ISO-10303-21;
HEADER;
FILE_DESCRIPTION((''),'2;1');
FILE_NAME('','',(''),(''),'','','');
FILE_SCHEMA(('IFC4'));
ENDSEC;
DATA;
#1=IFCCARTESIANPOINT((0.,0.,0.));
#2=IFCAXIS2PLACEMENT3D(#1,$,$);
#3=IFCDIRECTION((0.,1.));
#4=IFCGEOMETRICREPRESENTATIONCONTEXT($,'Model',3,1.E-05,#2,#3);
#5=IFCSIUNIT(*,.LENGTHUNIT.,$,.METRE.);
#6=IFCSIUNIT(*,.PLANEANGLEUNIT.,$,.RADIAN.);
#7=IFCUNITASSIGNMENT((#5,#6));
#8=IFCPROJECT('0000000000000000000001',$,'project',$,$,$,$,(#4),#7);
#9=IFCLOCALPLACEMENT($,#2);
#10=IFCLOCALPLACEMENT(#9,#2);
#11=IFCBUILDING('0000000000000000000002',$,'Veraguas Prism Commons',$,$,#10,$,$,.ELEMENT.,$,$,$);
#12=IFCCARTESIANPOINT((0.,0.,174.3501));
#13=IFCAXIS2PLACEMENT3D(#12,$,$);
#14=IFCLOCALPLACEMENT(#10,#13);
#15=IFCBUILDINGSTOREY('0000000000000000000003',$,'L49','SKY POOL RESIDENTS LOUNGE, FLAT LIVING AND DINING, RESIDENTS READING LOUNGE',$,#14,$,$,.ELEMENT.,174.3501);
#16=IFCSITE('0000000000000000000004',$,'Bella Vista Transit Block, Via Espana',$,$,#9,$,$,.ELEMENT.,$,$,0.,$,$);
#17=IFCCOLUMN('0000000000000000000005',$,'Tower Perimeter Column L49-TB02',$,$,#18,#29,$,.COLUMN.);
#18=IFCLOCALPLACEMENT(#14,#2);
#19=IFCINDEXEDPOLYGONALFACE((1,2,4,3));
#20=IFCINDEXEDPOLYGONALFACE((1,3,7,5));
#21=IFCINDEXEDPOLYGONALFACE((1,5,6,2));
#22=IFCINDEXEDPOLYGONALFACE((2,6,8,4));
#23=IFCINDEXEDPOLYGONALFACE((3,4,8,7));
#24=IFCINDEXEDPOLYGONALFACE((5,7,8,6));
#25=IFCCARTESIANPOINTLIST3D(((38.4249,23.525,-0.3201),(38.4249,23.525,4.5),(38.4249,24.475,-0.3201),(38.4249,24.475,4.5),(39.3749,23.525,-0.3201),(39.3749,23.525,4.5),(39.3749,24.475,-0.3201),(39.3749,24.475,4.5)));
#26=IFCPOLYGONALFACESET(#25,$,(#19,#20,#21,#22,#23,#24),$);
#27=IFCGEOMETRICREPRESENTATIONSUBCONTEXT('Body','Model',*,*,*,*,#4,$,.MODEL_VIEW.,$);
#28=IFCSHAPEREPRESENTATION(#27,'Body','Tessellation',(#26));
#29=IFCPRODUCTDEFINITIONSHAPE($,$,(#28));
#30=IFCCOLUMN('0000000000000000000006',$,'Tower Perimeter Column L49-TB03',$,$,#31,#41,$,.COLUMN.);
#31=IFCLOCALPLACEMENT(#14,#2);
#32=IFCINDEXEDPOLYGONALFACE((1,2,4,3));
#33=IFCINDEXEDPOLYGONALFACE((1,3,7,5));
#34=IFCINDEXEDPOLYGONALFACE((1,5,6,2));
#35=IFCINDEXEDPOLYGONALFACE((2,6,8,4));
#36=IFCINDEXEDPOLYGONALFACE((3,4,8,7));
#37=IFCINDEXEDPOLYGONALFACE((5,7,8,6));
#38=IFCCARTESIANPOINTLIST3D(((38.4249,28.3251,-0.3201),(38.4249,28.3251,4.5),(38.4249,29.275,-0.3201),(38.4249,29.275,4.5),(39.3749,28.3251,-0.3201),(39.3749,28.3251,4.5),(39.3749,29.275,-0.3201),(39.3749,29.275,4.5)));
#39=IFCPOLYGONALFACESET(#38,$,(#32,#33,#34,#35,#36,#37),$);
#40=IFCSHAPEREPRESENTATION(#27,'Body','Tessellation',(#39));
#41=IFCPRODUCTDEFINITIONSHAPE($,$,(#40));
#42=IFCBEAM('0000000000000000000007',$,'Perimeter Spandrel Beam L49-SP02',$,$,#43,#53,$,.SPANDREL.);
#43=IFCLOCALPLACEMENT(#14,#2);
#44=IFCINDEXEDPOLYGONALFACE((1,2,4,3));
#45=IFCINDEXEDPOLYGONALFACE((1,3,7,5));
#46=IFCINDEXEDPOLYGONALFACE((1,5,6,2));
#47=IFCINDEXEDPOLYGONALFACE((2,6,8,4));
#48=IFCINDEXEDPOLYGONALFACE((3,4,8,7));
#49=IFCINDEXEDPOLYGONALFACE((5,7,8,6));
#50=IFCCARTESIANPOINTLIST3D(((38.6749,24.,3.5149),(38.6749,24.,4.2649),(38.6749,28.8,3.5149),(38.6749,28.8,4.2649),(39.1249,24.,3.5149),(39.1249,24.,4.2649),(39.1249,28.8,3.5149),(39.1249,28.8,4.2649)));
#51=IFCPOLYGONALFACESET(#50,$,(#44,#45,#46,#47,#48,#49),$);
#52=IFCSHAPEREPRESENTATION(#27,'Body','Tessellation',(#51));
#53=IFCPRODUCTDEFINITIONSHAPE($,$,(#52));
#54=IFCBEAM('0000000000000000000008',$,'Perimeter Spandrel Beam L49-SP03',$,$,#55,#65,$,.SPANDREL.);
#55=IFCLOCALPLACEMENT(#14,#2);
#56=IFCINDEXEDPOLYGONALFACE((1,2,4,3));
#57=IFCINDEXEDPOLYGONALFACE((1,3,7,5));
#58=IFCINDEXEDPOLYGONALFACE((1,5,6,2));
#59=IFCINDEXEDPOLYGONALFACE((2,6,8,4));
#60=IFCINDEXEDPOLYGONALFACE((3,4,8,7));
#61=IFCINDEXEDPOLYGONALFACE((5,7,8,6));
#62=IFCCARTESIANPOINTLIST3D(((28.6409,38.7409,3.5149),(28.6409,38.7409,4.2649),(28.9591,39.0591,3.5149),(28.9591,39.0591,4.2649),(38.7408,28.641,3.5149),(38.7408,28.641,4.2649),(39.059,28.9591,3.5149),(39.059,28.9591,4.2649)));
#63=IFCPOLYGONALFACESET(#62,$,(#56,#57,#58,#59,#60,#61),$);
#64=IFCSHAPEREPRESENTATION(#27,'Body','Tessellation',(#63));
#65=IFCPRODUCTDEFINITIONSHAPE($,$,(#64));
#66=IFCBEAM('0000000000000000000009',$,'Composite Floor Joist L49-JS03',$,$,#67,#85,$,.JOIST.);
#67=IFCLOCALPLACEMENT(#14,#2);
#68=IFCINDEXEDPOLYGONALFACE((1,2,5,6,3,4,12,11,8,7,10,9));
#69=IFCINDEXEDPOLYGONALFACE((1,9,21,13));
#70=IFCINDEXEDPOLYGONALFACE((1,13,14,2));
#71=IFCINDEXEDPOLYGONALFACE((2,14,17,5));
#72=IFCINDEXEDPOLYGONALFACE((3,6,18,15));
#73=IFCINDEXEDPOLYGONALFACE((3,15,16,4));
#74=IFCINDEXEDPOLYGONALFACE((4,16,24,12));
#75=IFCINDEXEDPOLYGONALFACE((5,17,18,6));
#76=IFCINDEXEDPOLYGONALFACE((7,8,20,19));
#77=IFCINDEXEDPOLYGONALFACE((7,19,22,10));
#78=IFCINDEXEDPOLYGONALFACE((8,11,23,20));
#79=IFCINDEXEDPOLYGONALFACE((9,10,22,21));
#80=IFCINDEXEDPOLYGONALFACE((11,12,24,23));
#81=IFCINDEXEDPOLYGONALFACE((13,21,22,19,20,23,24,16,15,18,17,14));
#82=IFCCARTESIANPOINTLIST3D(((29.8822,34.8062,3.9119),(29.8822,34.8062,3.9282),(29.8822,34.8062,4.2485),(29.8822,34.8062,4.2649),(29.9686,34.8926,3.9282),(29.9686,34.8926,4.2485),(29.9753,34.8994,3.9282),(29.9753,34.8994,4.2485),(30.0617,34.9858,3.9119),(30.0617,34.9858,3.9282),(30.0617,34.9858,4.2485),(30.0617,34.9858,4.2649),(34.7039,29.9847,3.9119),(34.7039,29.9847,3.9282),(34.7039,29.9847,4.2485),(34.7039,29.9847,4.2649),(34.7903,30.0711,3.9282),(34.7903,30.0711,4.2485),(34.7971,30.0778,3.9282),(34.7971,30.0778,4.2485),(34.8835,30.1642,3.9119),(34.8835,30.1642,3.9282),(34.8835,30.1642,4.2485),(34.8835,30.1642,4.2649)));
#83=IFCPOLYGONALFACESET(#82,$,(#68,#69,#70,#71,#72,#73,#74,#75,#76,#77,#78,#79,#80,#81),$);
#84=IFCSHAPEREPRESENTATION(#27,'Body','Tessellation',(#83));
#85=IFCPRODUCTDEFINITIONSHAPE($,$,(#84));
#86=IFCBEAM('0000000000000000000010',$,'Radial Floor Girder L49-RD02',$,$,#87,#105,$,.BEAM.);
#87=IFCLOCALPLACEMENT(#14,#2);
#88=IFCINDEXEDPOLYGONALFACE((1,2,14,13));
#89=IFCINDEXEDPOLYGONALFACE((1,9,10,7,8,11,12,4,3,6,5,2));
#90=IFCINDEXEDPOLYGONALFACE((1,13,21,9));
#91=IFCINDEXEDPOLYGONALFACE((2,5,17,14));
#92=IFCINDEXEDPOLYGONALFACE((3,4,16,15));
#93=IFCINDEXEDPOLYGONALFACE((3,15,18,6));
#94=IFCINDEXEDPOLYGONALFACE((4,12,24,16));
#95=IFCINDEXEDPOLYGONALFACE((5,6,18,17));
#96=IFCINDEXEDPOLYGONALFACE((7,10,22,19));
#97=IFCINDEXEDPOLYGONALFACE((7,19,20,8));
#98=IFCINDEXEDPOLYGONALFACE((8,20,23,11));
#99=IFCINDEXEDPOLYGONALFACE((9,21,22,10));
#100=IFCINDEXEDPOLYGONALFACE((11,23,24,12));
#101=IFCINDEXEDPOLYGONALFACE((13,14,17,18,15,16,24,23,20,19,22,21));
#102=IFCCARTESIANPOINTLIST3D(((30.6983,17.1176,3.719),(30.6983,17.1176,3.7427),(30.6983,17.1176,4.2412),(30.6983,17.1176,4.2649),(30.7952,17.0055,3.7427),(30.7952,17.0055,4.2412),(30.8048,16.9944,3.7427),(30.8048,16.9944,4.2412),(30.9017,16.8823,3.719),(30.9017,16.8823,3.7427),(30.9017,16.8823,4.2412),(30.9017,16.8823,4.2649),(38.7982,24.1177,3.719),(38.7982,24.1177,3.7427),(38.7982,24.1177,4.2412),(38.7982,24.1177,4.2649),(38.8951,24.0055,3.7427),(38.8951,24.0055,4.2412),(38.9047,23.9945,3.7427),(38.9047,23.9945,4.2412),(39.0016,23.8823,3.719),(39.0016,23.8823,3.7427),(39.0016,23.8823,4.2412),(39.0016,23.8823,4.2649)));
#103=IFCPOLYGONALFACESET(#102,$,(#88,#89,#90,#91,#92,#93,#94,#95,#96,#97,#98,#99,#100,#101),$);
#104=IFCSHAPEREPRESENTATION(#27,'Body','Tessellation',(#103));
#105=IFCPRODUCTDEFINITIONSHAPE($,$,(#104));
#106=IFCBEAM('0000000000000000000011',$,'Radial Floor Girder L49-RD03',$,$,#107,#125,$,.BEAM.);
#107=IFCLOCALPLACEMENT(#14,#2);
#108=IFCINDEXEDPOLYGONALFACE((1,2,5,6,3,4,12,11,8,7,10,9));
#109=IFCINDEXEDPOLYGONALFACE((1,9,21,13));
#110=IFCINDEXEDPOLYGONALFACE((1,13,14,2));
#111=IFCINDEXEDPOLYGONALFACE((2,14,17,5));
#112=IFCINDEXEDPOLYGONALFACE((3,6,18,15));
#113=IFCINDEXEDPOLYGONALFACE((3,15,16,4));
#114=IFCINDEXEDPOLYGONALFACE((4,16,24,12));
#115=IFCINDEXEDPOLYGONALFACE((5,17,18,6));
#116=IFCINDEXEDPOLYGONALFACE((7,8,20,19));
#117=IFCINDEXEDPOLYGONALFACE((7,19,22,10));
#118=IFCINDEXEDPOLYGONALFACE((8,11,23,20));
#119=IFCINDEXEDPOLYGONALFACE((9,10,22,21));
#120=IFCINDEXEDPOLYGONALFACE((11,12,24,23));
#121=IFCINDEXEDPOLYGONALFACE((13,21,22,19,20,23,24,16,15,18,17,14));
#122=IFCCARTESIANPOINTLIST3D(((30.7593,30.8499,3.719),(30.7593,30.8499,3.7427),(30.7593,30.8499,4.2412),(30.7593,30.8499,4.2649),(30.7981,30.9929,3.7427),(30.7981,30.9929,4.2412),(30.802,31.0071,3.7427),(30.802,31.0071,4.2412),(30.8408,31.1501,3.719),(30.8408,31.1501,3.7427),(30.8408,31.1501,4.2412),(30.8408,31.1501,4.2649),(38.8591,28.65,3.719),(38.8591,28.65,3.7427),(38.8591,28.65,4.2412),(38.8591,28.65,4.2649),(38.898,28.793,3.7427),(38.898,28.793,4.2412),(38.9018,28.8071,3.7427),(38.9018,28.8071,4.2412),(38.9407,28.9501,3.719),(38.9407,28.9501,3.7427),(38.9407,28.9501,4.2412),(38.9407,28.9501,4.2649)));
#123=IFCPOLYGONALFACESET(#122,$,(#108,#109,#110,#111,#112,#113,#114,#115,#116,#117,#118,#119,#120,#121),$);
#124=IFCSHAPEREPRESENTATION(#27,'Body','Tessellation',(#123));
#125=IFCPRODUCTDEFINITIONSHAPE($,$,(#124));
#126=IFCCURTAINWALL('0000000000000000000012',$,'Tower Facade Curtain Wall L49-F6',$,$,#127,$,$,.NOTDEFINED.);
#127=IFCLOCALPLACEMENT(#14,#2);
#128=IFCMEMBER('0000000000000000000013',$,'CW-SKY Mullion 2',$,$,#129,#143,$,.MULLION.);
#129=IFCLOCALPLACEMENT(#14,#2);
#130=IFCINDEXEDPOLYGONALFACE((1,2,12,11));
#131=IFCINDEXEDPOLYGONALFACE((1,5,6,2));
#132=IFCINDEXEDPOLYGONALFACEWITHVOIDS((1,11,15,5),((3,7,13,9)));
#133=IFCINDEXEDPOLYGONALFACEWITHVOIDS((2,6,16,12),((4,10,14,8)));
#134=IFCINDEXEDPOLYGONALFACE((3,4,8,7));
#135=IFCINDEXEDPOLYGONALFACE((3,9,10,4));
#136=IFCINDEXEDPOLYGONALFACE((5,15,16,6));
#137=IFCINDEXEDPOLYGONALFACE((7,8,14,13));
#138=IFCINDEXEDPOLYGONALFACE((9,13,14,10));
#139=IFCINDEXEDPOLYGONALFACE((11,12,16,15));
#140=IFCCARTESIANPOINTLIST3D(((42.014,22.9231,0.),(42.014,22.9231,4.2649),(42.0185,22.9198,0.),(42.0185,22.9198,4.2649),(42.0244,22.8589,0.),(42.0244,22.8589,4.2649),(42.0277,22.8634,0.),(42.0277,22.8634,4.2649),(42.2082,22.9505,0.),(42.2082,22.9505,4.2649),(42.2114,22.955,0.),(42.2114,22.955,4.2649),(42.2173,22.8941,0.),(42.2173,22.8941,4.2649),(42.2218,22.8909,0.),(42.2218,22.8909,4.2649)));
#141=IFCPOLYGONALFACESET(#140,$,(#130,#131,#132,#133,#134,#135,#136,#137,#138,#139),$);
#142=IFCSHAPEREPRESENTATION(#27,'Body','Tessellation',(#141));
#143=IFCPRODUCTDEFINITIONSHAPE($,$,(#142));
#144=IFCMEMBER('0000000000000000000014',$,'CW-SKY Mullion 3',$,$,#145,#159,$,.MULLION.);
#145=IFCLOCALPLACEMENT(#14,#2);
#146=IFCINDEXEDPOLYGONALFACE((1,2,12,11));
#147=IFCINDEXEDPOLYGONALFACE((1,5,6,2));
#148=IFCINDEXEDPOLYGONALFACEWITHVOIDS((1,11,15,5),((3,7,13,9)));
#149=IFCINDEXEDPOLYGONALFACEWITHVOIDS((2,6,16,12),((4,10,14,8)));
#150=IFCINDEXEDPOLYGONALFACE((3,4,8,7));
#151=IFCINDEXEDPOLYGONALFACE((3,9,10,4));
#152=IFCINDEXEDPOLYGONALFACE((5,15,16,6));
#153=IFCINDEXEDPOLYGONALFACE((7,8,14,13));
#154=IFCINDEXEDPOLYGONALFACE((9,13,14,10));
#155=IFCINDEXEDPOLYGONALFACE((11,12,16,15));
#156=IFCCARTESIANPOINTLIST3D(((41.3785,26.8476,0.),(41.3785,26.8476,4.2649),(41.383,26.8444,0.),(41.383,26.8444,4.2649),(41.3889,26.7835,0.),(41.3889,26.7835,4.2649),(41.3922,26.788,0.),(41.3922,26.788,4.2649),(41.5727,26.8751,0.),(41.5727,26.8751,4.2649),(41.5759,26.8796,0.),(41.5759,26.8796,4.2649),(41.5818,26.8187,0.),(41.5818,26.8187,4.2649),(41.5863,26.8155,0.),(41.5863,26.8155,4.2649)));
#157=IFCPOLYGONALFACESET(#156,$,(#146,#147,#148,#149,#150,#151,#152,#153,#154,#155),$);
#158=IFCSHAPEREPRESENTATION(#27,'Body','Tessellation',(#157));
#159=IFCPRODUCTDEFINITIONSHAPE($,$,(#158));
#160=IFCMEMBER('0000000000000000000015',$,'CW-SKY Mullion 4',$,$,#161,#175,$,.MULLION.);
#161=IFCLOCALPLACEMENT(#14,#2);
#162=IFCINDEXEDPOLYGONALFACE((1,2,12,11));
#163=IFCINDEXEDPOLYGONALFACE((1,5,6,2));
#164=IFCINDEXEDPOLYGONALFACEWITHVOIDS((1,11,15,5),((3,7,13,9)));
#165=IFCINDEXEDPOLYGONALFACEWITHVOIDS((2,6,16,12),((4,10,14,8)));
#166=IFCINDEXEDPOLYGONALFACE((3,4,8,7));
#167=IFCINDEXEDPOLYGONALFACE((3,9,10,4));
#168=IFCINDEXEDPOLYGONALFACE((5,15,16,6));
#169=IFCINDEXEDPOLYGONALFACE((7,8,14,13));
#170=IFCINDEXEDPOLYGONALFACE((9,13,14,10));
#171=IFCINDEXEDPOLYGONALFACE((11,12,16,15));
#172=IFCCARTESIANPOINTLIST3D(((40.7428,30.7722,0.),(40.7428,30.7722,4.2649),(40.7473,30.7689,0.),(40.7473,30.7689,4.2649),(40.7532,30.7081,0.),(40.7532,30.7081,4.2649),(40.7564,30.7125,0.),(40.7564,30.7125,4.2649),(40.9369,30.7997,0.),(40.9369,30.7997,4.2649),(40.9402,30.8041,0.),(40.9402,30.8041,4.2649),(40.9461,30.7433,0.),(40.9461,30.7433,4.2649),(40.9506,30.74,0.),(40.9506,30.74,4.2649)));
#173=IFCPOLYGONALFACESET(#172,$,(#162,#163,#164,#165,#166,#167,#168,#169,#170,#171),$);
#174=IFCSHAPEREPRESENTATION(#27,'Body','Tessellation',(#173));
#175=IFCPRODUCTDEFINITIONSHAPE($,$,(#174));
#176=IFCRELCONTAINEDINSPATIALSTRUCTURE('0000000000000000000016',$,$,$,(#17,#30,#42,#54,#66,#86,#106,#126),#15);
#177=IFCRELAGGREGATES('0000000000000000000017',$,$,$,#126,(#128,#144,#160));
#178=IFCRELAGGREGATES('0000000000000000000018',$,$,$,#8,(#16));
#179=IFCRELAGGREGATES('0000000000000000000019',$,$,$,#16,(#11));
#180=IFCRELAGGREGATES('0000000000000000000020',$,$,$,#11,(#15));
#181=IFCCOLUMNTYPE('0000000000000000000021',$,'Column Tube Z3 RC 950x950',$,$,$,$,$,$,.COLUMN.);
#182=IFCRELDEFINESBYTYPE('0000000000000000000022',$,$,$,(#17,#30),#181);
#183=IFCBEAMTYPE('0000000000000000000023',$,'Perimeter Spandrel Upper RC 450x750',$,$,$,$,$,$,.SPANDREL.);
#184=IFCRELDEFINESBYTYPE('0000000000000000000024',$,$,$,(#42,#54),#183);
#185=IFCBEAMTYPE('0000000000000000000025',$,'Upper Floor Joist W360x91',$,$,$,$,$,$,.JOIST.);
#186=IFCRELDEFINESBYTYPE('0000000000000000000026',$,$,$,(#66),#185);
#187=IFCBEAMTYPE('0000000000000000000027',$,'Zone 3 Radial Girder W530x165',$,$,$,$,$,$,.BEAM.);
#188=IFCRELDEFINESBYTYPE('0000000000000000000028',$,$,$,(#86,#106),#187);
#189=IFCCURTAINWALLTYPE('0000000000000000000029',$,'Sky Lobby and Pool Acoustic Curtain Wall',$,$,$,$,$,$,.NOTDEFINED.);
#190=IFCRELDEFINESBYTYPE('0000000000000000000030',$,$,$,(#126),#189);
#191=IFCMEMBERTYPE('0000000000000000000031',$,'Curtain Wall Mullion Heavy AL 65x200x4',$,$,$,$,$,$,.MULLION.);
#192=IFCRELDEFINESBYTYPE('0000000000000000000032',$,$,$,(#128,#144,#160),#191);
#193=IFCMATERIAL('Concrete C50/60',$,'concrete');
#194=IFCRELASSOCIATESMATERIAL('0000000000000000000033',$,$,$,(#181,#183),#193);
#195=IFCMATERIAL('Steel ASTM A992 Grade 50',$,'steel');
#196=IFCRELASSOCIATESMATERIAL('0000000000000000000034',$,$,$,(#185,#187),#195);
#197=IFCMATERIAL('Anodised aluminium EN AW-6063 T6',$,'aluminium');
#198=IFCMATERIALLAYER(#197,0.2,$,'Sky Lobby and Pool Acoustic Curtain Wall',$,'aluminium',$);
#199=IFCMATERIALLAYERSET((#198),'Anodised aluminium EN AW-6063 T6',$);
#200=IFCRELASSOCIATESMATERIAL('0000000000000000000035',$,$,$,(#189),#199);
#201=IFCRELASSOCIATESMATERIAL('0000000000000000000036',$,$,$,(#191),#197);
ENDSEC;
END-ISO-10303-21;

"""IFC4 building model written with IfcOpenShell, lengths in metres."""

from ifc_helpers import new_model, si_unit, direction, frame, origin, origin_2d, place, context, subcontext, project, spatial, rectangle, hollow_rectangle, i_section, extrude, source, transform, mapped, material, layer, layer_set, material_profile, profile_set, type_object, element, aggregate, save


model = new_model("IFC4")

# Units and contexts
model_context = context("Model", 3, precision=1e-05, world=origin(), true_north=direction((0.0, 1.0)))
body_context = subcontext(model_context, "Body", "Model", "MODEL_VIEW")
ifc_project = project(units=[si_unit("LENGTHUNIT", "METRE"), si_unit("PLANEANGLEUNIT", "RADIAN")], contexts=[model_context])

# Site, building, storey
site_placement = place(None, origin())
site = spatial("IfcSite", under=ifc_project, at=site_placement, Name="Bella Vista Transit Block, Via Espana", CompositionType="ELEMENT", RefElevation=0.0)
building_placement = place(site_placement, origin())
building = spatial("IfcBuilding", under=site, at=building_placement, Name="Veraguas Prism Commons", CompositionType="ELEMENT")
storey_placement = place(building_placement, frame((0.0, 0.0, 174.3501)))
storey = spatial("IfcBuildingStorey", under=building, at=storey_placement, Name="L49", Description="SKY POOL RESIDENTS LOUNGE, FLAT LIVING AND DINING, RESIDENTS READING LOUNGE", CompositionType="ELEMENT", Elevation=174.3501)

# Columns
ifc_material_1 = material(Name="Concrete C50/60", Category="concrete")
ifc_material_profile_1 = material_profile(ifc_material_1, rectangle(XDim=0.95, YDim=0.95, at=origin_2d()), Name="RC950X950")
ifc_profile_set_1 = profile_set([ifc_material_profile_1], Name="Concrete C50/60")
column_type = type_object("IfcColumnType", Name="Column Tube Z3 RC 950x950", PredefinedType="COLUMN", material=ifc_profile_set_1)
for number, where, z_axis, x_axis, name in (
    (1, (38.8999, 24.0, -0.3201), (0.0, 0.0, 1.0), (1.0, 0.0, 0.0), "Tower Perimeter Column L49-TB02"),
    (2, (38.8999, 28.8, -0.3201), (0.0, 0.0, 1.0), (1.0, 0.0, 0.0), "Tower Perimeter Column L49-TB03"),
):
    element("IfcColumn", number, at=place(storey_placement, frame(where, z_axis=z_axis, x_axis=x_axis)), inside=storey, type_object=column_type, Name=name, PredefinedType="COLUMN", context=body_context, shape_type="SweptSolid", body=[
        extrude(rectangle(XDim=0.95, YDim=0.95, at=origin_2d()), origin(), (0.0, 0.0, 1.0), 4.8201),
    ])

# Beams
ifc_material_profile_2 = material_profile(ifc_material_1, rectangle(XDim=0.45, YDim=0.75, at=origin_2d()), Name="RC450X750")
ifc_profile_set_2 = profile_set([ifc_material_profile_2], Name="Concrete C50/60")
beam_type_1 = type_object("IfcBeamType", Name="Perimeter Spandrel Upper RC 450x750", PredefinedType="SPANDREL", material=ifc_profile_set_2)
beam_1_placement = place(storey_placement, frame((38.8999, 24.0, 3.8899), z_axis=(0.0, 1.0, 0.0), x_axis=(-1.0, 0.0, 0.0)))
element("IfcBeam", 3, at=beam_1_placement, inside=storey, type_object=beam_type_1, Name="Perimeter Spandrel Beam L49-SP02", PredefinedType="SPANDREL", context=body_context, shape_type="SweptSolid", body=[
    extrude(rectangle(XDim=0.45, YDim=0.75, at=origin_2d()), origin(), (0.0, 0.0, 1.0), 4.8),
])
beam_2_placement = place(storey_placement, frame((38.8999, 28.8, 3.8899), z_axis=(-0.707107, 0.707107, 0.0), x_axis=(-0.707107, -0.707107, 0.0)))
element("IfcBeam", 4, at=beam_2_placement, inside=storey, type_object=beam_type_1, Name="Perimeter Spandrel Beam L49-SP03", PredefinedType="SPANDREL", context=body_context, shape_type="SweptSolid", body=[
    extrude(rectangle(XDim=0.45, YDim=0.75, at=origin_2d()), origin(), (0.0, 0.0, 1.0), 14.2834),
])
ifc_material_2 = material(Name="Steel ASTM A992 Grade 50", Category="steel")
ifc_material_profile_3 = material_profile(ifc_material_2, i_section(OverallWidth=0.2539, OverallDepth=0.353, WebThickness=0.0095, FlangeThickness=0.0164, at=origin_2d()), Name="W360X91")
ifc_profile_set_3 = profile_set([ifc_material_profile_3], Name="Steel ASTM A992 Grade 50")
beam_type_2 = type_object("IfcBeamType", Name="Upper Floor Joist W360x91", PredefinedType="JOIST", material=ifc_profile_set_3)
beam_3_placement = place(storey_placement, frame((34.7937, 30.0745, 4.0884), z_axis=(-0.707125, 0.707089, 0.0), x_axis=(-0.707089, -0.707125, 0.0)))
element("IfcBeam", 5, at=beam_3_placement, inside=storey, type_object=beam_type_2, Name="Composite Floor Joist L49-JS03", PredefinedType="JOIST", context=body_context, shape_type="SweptSolid", body=[
    extrude(i_section(OverallWidth=0.2539, OverallDepth=0.353, WebThickness=0.0095, FlangeThickness=0.0164, at=origin_2d()), origin(), (0.0, 0.0, 1.0), 6.8188),
])
ifc_material_profile_4 = material_profile(ifc_material_2, i_section(OverallWidth=0.311, OverallDepth=0.5459, WebThickness=0.0146, FlangeThickness=0.0237, at=origin_2d()), Name="W530X165")
ifc_profile_set_4 = profile_set([ifc_material_profile_4], Name="Steel ASTM A992 Grade 50")
beam_type_3 = type_object("IfcBeamType", Name="Zone 3 Radial Girder W530x165", PredefinedType="BEAM", material=ifc_profile_set_4)
beam_4_placement = place(storey_placement, frame((38.8999, 24.0, 3.9919), z_axis=(-0.756607, -0.65387, 0.0), x_axis=(0.65387, -0.756607, 0.0)))
element("IfcBeam", 6, at=beam_4_placement, inside=storey, type_object=beam_type_3, Name="Radial Floor Girder L49-RD02", PredefinedType="BEAM", context=body_context, shape_type="SweptSolid", body=[
    extrude(i_section(OverallWidth=0.311, OverallDepth=0.5459, WebThickness=0.0146, FlangeThickness=0.0237, at=origin_2d()), origin(), (0.0, 0.0, 1.0), 10.7056),
])
beam_5_placement = place(storey_placement, frame((38.8999, 28.8, 3.9919), z_axis=(-0.965039, 0.262108, 0.0), x_axis=(-0.262108, -0.965039, 0.0)))
element("IfcBeam", 7, at=beam_5_placement, inside=storey, type_object=beam_type_3, Name="Radial Floor Girder L49-RD03", PredefinedType="BEAM", context=body_context, shape_type="SweptSolid", body=[
    extrude(i_section(OverallWidth=0.311, OverallDepth=0.5459, WebThickness=0.0146, FlangeThickness=0.0237, at=origin_2d()), origin(), (0.0, 0.0, 1.0), 8.3933),
])

# Curtain wall, members
ifc_material_3 = material(Name="Anodised aluminium EN AW-6063 T6", Category="aluminium")
ifc_layer_1 = layer(ifc_material_3, 0.2, Name="Sky Lobby and Pool Acoustic Curtain Wall", Category="aluminium")
ifc_layer_set_1 = layer_set([ifc_layer_1], Name="Anodised aluminium EN AW-6063 T6")
curtain_wall_type = type_object("IfcCurtainWallType", Name="Sky Lobby and Pool Acoustic Curtain Wall", PredefinedType="NOTDEFINED", material=ifc_layer_set_1)
curtain_wall_placement = place(storey_placement, origin())
curtain_wall = element("IfcCurtainWall", 8, at=curtain_wall_placement, inside=storey, type_object=curtain_wall_type, Name="Tower Facade Curtain Wall L49-F6", PredefinedType="NOTDEFINED")
ifc_material_profile_5 = material_profile(ifc_material_3, hollow_rectangle(XDim=0.0649, YDim=0.2, WallThickness=0.0039, at=origin_2d()), Name="AL65X200X4")
ifc_profile_set_5 = profile_set([ifc_material_profile_5], Name="Anodised aluminium EN AW-6063 T6")
member_type = type_object("IfcMemberType", Name="Curtain Wall Mullion Heavy AL 65x200x4", PredefinedType="MULLION", material=ifc_profile_set_5)
shared_shape_1 = source(origin(), body_context, "Body", "SweptSolid", [
    extrude(hollow_rectangle(XDim=0.0649, YDim=0.2, WallThickness=0.0039, at=origin_2d()), origin(), (0.0, 0.0, 1.0), 4.2649),
])
member_1_placement = place(storey_placement, frame((42.1179, 22.907, 0.0), z_axis=(0.0, 0.0, 1.0), x_axis=(-0.159874, 0.987137, 0.0)))
member_1 = element("IfcMember", 9, at=member_1_placement, type_object=member_type, Name="CW-SKY Mullion 2", PredefinedType="MULLION", context=body_context, shape_type="MappedRepresentation", body=[
    mapped(shared_shape_1, transform((0.0, 0.0, 0.0), scale=1.0)),
])
member_2_placement = place(storey_placement, frame((41.4824, 26.8315, 0.0), z_axis=(0.0, 0.0, 1.0), x_axis=(-0.159874, 0.987137, 0.0)))
member_2 = element("IfcMember", 10, at=member_2_placement, type_object=member_type, Name="CW-SKY Mullion 3", PredefinedType="MULLION", context=body_context, shape_type="MappedRepresentation", body=[
    mapped(shared_shape_1, transform((0.0, 0.0, 0.0), scale=1.0)),
])
member_3_placement = place(storey_placement, frame((40.8467, 30.7561, 0.0), z_axis=(0.0, 0.0, 1.0), x_axis=(-0.159874, 0.987137, 0.0)))
member_3 = element("IfcMember", 11, at=member_3_placement, type_object=member_type, Name="CW-SKY Mullion 4", PredefinedType="MULLION", context=body_context, shape_type="MappedRepresentation", body=[
    mapped(shared_shape_1, transform((0.0, 0.0, 0.0), scale=1.0)),
])
aggregate(curtain_wall, [member_1, member_2, member_3])

save(model, "model.ifc")
